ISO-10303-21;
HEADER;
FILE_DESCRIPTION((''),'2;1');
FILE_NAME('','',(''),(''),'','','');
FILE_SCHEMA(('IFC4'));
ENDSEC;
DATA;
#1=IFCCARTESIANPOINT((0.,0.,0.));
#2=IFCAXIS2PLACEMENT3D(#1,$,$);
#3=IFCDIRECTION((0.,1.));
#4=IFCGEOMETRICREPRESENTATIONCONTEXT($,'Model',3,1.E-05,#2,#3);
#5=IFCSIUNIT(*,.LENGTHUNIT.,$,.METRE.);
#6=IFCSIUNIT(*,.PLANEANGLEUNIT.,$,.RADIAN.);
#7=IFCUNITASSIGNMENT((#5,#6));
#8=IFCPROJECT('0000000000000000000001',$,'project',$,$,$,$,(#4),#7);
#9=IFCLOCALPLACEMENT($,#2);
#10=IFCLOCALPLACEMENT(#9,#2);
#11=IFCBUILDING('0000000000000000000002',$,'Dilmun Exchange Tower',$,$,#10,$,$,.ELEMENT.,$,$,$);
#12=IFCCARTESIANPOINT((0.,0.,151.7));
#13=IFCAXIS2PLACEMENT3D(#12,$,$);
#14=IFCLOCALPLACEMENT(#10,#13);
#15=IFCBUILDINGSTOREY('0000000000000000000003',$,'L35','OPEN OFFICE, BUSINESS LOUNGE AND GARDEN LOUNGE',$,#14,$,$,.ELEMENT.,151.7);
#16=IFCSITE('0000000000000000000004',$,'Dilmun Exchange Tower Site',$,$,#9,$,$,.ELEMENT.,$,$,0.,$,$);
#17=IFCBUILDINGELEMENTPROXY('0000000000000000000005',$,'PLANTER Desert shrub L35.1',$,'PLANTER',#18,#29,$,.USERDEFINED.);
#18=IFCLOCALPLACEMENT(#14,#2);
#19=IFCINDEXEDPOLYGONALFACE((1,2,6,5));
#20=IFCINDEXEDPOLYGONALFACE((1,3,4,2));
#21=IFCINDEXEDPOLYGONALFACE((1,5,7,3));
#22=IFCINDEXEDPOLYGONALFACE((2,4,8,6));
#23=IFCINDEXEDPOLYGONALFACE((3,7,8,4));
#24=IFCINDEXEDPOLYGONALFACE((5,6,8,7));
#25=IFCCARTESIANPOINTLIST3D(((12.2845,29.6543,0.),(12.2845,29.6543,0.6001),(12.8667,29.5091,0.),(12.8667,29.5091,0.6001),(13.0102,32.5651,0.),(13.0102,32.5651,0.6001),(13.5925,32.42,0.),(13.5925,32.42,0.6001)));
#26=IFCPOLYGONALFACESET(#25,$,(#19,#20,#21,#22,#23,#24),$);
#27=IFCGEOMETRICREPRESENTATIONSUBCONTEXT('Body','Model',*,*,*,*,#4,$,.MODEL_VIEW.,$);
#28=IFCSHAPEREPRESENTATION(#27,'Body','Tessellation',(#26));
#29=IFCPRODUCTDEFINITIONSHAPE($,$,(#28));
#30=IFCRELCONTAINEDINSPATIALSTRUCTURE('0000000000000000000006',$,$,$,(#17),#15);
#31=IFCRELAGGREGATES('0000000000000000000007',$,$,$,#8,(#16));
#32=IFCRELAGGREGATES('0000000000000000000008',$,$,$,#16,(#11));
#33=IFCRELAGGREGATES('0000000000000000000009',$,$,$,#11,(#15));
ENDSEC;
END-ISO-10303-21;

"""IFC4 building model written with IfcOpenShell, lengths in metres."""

from ifc_helpers import new_model, si_unit, direction, frame, origin, origin_2d, place, context, subcontext, project, spatial, rectangle, extrude, element, save


model = new_model("IFC4")

# Units and contexts
model_context = context("Model", 3, precision=1e-05, world=origin(), true_north=direction((0.0, 1.0)))
body_context = subcontext(model_context, "Body", "Model", "MODEL_VIEW")
ifc_project = project(units=[si_unit("LENGTHUNIT", "METRE"), si_unit("PLANEANGLEUNIT", "RADIAN")], contexts=[model_context])

# Site, building, storey
site_placement = place(None, origin())
site = spatial("IfcSite", under=ifc_project, at=site_placement, Name="Dilmun Exchange Tower Site", CompositionType="ELEMENT", RefElevation=0.0)
building_placement = place(site_placement, origin())
building = spatial("IfcBuilding", under=site, at=building_placement, Name="Dilmun Exchange Tower", CompositionType="ELEMENT")
storey_placement = place(building_placement, frame((0.0, 0.0, 151.7)))
storey = spatial("IfcBuildingStorey", under=building, at=storey_placement, Name="L35", Description="OPEN OFFICE, BUSINESS LOUNGE AND GARDEN LOUNGE", CompositionType="ELEMENT", Elevation=151.7)

# Building element proxy
proxy_placement = place(storey_placement, frame((12.9385, 31.0371, 0.0), z_axis=(0.0, 0.0, 1.0), x_axis=(0.241922, 0.970296, 0.0)))
element("IfcBuildingElementProxy", 1, at=proxy_placement, inside=storey, Name="PLANTER Desert shrub L35.1", ObjectType="PLANTER", PredefinedType="USERDEFINED", context=body_context, shape_type="SweptSolid", body=[
    extrude(rectangle(XDim=3.0, YDim=0.6001, at=origin_2d()), origin(), (0.0, 0.0, 1.0), 0.6001),
])

save(model, "model.ifc")
